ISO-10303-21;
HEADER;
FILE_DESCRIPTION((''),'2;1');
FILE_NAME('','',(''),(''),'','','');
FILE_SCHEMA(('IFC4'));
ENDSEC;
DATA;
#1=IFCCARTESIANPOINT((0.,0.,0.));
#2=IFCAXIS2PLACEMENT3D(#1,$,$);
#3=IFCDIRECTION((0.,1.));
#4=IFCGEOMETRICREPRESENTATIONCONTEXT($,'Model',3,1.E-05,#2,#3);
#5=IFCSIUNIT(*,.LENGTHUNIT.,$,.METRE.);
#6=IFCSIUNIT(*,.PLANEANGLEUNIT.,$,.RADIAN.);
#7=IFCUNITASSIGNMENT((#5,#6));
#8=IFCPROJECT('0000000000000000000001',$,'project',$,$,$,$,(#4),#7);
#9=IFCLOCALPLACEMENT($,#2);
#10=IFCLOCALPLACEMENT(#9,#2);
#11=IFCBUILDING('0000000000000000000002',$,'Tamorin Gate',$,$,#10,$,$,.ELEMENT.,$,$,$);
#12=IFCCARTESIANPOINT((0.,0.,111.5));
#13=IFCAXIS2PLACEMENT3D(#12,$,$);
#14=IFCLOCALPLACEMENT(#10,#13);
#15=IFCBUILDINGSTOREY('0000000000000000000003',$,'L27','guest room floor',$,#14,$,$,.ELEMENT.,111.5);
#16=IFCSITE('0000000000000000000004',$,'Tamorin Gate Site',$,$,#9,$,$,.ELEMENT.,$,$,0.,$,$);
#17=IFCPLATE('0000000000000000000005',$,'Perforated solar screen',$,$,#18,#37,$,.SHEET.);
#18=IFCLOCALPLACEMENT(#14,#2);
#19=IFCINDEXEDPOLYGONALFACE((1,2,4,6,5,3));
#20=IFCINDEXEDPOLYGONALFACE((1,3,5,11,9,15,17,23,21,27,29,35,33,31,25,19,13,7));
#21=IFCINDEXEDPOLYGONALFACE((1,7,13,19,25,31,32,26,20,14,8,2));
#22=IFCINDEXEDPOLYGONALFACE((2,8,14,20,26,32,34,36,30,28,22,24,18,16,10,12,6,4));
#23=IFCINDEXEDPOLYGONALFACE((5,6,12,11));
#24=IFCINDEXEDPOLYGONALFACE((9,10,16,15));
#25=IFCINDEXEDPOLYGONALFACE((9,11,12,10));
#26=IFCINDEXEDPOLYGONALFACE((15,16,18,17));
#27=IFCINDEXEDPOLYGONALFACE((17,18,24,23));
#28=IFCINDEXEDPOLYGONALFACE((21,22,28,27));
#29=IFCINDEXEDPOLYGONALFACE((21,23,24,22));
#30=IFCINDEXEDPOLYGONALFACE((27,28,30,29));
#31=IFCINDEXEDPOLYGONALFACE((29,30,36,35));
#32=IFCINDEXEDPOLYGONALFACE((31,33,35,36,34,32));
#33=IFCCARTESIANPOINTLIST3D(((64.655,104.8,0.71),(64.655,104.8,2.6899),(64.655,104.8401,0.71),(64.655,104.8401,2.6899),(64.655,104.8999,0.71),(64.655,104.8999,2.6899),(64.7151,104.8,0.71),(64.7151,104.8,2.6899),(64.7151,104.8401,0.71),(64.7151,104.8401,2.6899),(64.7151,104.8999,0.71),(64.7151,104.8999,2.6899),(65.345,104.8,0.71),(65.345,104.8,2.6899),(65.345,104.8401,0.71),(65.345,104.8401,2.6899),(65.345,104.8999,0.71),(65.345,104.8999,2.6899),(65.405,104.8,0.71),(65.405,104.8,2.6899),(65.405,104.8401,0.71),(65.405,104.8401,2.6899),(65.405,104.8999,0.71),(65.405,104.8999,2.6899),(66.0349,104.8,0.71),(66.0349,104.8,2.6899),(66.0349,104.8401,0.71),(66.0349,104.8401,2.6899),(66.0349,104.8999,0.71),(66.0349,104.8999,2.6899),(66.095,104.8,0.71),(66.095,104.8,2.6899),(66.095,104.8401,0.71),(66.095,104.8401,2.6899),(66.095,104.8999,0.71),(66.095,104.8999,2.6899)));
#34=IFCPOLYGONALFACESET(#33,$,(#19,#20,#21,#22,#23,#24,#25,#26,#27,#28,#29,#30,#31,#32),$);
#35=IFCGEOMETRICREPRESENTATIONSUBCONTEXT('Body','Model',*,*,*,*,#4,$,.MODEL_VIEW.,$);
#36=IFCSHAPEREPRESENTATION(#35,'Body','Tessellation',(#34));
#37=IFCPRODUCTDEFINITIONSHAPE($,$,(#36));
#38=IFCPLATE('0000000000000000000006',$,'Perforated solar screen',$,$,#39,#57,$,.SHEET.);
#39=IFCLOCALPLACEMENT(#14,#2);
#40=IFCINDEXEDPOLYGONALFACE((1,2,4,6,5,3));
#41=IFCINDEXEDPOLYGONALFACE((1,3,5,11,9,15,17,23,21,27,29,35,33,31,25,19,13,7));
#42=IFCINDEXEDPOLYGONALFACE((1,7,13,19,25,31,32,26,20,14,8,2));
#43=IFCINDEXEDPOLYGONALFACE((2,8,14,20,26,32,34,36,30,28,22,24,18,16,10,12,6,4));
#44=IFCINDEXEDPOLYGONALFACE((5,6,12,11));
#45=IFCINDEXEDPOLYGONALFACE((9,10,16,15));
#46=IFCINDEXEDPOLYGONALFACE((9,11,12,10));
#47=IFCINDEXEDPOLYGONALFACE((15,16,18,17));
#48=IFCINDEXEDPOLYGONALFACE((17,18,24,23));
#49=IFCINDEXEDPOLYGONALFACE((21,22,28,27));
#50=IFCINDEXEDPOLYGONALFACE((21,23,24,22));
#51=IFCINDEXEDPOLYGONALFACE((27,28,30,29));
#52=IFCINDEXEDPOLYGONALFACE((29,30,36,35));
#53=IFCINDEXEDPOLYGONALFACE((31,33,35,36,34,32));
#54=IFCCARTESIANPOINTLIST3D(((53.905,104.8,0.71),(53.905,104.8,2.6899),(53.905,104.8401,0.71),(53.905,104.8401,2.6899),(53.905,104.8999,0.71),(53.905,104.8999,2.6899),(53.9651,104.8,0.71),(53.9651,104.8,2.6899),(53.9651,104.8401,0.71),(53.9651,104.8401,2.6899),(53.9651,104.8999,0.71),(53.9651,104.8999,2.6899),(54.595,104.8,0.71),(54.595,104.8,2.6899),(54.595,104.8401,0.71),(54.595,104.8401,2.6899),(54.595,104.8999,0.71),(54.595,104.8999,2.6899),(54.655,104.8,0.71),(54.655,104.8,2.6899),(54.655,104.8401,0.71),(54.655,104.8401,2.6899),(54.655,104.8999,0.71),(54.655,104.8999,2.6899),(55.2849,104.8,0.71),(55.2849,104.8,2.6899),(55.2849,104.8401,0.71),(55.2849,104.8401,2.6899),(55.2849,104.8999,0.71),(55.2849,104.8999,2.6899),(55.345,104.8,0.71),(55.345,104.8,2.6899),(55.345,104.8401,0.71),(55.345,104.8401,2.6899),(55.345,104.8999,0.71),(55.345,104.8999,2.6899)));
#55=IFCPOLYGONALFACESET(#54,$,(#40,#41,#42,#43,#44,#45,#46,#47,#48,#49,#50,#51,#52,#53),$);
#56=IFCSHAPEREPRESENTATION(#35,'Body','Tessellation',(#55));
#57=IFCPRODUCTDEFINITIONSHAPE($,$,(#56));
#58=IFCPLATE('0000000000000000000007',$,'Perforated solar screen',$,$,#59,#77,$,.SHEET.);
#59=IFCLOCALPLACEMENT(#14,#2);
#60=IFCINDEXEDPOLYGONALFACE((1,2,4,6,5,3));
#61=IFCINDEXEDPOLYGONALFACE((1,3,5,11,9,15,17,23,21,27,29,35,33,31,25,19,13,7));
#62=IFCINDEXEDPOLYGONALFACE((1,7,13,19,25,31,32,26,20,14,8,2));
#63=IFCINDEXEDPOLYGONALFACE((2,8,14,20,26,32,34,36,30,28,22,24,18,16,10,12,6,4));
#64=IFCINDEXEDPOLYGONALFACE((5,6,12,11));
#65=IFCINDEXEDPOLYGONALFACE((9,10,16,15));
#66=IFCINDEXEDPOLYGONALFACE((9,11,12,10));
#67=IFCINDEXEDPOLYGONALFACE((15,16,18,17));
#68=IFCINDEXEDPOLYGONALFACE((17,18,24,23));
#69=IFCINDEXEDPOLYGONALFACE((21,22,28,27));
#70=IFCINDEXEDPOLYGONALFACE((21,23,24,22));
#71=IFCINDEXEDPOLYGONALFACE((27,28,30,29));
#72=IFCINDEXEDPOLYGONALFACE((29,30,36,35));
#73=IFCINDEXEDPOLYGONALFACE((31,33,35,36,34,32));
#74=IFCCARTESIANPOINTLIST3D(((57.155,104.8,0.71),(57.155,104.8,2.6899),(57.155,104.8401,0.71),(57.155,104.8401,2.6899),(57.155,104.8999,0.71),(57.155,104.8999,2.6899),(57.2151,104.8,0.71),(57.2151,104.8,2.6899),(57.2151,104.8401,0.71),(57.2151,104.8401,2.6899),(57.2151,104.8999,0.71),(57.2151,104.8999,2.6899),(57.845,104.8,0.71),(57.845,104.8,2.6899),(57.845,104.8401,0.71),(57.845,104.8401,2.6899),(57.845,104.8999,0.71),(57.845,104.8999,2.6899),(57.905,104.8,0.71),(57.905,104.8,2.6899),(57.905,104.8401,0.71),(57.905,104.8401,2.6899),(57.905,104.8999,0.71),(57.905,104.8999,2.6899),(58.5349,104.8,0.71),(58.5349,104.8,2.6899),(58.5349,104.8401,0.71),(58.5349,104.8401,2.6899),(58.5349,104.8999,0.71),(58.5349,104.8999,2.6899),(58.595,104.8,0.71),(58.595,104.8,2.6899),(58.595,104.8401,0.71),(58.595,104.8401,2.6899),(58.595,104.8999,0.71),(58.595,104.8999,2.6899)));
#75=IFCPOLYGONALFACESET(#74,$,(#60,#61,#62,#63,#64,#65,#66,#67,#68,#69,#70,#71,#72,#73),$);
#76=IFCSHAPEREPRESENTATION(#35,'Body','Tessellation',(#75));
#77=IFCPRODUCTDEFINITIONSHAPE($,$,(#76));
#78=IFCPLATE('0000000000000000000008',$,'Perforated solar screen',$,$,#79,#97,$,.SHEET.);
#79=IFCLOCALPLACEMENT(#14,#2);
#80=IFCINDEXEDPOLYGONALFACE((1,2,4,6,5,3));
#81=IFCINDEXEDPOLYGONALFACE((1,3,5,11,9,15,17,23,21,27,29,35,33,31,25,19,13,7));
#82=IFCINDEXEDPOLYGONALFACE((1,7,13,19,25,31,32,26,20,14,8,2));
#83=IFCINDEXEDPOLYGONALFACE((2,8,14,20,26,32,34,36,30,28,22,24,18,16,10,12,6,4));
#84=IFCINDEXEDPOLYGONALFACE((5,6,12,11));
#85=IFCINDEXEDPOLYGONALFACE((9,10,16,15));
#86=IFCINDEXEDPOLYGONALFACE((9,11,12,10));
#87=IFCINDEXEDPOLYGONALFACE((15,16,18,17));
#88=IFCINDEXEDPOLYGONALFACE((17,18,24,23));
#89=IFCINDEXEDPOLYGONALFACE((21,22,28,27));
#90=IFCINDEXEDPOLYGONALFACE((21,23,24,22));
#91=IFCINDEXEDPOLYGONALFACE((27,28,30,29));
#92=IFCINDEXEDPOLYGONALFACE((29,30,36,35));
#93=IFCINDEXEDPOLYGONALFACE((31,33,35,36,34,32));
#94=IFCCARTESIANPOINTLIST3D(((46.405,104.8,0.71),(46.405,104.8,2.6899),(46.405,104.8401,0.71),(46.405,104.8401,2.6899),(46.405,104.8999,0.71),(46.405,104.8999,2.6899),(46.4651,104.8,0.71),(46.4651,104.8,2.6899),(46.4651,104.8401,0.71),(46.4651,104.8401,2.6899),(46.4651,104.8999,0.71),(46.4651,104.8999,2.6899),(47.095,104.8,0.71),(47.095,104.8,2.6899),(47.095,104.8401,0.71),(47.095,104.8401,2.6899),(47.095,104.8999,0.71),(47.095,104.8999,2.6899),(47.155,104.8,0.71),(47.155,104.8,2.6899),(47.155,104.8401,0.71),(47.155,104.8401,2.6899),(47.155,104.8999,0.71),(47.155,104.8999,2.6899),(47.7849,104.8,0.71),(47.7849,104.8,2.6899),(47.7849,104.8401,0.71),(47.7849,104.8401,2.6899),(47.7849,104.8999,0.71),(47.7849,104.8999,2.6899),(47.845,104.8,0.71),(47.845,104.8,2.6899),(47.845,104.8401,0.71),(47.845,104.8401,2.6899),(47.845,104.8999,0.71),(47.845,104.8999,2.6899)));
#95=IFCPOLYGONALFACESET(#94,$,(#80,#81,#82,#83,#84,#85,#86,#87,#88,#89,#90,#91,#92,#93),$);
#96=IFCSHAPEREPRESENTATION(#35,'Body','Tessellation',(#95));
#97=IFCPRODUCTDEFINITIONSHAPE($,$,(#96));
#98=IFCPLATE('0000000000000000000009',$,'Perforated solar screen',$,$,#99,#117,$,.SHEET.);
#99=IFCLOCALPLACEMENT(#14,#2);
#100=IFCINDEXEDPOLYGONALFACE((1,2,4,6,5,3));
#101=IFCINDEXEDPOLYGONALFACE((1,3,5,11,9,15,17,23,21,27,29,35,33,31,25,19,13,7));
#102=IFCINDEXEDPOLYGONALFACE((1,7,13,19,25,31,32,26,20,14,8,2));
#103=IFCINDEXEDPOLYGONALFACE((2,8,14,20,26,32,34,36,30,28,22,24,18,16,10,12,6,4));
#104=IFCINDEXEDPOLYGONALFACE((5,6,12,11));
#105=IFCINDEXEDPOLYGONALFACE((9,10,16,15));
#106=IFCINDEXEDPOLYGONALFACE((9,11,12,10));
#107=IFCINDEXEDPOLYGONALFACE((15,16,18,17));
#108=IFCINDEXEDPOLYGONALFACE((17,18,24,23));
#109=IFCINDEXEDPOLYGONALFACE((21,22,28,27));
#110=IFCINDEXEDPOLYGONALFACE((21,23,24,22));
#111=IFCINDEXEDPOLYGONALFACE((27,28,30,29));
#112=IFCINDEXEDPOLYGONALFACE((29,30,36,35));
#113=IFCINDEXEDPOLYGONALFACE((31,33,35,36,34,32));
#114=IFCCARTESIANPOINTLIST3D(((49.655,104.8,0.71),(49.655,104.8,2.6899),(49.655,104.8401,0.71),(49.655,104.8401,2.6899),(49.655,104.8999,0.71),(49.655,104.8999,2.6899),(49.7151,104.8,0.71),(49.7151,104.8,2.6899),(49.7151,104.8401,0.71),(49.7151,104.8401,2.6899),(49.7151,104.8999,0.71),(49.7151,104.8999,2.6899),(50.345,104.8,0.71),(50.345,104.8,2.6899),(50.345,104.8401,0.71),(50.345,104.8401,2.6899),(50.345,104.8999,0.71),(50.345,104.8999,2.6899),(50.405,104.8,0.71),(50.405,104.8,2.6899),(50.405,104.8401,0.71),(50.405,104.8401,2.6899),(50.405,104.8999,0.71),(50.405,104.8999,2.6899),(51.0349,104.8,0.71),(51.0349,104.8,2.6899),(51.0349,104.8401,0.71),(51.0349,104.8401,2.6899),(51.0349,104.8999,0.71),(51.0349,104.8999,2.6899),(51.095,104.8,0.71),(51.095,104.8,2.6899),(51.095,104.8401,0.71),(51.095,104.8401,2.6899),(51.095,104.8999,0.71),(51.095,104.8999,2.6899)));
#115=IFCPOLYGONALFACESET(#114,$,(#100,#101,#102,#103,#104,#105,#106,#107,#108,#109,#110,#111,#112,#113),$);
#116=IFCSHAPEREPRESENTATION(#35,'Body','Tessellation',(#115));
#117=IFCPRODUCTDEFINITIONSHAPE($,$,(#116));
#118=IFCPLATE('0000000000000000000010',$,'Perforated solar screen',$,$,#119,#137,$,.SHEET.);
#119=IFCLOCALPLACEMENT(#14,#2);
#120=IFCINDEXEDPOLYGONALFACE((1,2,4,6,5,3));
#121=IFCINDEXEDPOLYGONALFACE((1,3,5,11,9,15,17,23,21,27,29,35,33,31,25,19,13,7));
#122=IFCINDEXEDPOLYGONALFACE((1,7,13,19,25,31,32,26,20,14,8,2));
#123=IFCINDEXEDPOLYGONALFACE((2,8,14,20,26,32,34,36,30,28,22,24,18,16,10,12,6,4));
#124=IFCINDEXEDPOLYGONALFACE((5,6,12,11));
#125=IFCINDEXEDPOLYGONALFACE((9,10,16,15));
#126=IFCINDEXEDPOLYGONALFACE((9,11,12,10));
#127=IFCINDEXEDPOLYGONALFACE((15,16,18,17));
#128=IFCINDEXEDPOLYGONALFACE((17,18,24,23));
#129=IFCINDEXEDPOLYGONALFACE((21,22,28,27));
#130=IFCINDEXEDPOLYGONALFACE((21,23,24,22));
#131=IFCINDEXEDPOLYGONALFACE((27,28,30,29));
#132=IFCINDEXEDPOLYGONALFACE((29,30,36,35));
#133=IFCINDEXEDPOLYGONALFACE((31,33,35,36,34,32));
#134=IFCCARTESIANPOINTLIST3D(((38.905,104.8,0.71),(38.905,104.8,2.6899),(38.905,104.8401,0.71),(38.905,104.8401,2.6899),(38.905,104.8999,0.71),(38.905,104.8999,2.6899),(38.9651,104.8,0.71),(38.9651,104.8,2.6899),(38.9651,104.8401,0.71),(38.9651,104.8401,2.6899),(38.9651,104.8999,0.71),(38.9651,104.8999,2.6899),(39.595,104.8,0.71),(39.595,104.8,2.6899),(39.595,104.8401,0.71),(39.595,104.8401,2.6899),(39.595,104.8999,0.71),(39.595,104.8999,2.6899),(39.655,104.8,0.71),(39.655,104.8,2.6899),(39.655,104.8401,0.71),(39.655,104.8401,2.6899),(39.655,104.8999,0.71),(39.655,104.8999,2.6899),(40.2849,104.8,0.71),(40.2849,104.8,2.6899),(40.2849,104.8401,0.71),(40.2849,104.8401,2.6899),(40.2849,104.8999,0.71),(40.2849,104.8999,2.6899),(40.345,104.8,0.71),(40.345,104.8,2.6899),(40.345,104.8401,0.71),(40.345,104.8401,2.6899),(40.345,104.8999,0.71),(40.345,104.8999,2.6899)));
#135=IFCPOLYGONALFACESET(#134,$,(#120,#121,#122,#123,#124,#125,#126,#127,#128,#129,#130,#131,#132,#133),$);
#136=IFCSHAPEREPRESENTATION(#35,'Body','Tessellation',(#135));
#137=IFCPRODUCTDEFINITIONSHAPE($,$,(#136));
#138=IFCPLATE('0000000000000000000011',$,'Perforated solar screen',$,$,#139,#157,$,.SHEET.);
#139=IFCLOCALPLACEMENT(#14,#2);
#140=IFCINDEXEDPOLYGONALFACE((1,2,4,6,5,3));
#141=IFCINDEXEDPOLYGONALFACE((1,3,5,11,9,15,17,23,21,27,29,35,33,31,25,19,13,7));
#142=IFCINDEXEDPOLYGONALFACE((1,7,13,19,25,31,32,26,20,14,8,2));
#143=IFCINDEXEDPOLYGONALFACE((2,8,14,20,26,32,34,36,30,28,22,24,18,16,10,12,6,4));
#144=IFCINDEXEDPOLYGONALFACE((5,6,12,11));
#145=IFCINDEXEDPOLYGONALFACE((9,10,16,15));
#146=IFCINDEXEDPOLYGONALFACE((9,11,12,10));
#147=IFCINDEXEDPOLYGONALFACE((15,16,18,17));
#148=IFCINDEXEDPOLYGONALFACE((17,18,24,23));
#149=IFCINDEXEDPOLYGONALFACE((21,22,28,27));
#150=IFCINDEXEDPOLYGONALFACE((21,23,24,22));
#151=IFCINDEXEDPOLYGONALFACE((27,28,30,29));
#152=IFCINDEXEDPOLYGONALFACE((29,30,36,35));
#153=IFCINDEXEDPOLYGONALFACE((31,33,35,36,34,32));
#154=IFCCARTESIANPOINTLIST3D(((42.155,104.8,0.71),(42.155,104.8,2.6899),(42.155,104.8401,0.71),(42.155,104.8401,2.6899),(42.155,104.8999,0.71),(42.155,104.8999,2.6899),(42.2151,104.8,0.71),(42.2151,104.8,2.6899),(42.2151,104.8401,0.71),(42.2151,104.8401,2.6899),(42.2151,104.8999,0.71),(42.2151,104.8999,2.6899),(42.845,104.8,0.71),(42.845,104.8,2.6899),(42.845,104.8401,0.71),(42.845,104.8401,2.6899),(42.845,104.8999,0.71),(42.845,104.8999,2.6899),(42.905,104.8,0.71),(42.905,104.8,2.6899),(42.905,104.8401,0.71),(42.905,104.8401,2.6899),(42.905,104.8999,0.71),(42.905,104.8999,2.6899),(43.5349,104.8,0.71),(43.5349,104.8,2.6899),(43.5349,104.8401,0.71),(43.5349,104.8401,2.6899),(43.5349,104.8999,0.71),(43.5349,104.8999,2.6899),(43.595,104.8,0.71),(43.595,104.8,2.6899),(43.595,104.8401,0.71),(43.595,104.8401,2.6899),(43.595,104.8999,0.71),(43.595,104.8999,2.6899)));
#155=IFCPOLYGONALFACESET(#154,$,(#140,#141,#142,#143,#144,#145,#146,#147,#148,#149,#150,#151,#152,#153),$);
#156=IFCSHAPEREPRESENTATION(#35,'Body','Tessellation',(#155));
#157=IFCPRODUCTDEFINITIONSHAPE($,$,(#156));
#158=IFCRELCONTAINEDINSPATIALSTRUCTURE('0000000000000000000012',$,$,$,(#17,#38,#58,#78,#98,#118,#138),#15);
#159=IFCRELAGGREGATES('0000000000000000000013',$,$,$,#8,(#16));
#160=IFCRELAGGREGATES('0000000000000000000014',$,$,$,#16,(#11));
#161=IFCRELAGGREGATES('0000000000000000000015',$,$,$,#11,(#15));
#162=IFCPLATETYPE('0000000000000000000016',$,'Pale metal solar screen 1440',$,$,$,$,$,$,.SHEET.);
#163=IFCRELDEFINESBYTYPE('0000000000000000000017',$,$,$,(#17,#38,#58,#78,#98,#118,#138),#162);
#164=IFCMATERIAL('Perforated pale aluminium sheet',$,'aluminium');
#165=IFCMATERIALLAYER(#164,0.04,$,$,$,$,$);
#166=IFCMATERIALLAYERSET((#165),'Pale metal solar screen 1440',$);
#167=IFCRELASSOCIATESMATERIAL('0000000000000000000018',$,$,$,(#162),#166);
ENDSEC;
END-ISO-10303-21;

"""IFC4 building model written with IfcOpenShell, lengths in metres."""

from ifc_helpers import new_model, si_unit, direction, frame, origin, place, context, subcontext, project, spatial, polyline, outline, extrude, material, layer, layer_set, type_object, element, save


model = new_model("IFC4")

# Units and contexts
model_context = context("Model", 3, precision=1e-05, world=origin(), true_north=direction((0.0, 1.0)))
body_context = subcontext(model_context, "Body", "Model", "MODEL_VIEW")
ifc_project = project(units=[si_unit("LENGTHUNIT", "METRE"), si_unit("PLANEANGLEUNIT", "RADIAN")], contexts=[model_context])

# Site, building, storey
site_placement = place(None, origin())
site = spatial("IfcSite", under=ifc_project, at=site_placement, Name="Tamorin Gate Site", CompositionType="ELEMENT", RefElevation=0.0)
building_placement = place(site_placement, origin())
building = spatial("IfcBuilding", under=site, at=building_placement, Name="Tamorin Gate", CompositionType="ELEMENT")
storey_placement = place(building_placement, frame((0.0, 0.0, 111.5)))
storey = spatial("IfcBuildingStorey", under=building, at=storey_placement, Name="L27", Description="guest room floor", CompositionType="ELEMENT", Elevation=111.5)

# Plates
ifc_material = material(Name="Perforated pale aluminium sheet", Category="aluminium")
ifc_layer = layer(ifc_material, 0.04)
ifc_layer_set = layer_set([ifc_layer], Name="Pale metal solar screen 1440")
plate_type = type_object("IfcPlateType", Name="Pale metal solar screen 1440", PredefinedType="SHEET", material=ifc_layer_set)
plate_1_placement = place(storey_placement, frame((0.0, 0.0, 0.71)))
element("IfcPlate", 1, at=plate_1_placement, inside=storey, type_object=plate_type, Name="Perforated solar screen", PredefinedType="SHEET", context=body_context, shape_type="SweptSolid", body=[
    extrude(outline(polyline([(66.095, 104.8401), (66.095, 104.8), (66.0349, 104.8), (65.405, 104.8), (65.345, 104.8), (64.7151, 104.8), (64.655, 104.8), (64.655, 104.8401), (64.655, 104.8999), (64.7151, 104.8999), (64.7151, 104.8401), (65.345, 104.8401), (65.345, 104.8999), (65.405, 104.8999), (65.405, 104.8401), (66.0349, 104.8401), (66.0349, 104.8999), (66.095, 104.8999), (66.095, 104.8401)])), origin(), (0.0, 0.0, 1.0), 1.98),
])
plate_2_placement = place(storey_placement, frame((0.0, 0.0, 0.71)))
element("IfcPlate", 2, at=plate_2_placement, inside=storey, type_object=plate_type, Name="Perforated solar screen", PredefinedType="SHEET", context=body_context, shape_type="SweptSolid", body=[
    extrude(outline(polyline([(55.345, 104.8401), (55.345, 104.8), (55.2849, 104.8), (54.655, 104.8), (54.595, 104.8), (53.9651, 104.8), (53.905, 104.8), (53.905, 104.8401), (53.905, 104.8999), (53.9651, 104.8999), (53.9651, 104.8401), (54.595, 104.8401), (54.595, 104.8999), (54.655, 104.8999), (54.655, 104.8401), (55.2849, 104.8401), (55.2849, 104.8999), (55.345, 104.8999), (55.345, 104.8401)])), origin(), (0.0, 0.0, 1.0), 1.98),
])
plate_3_placement = place(storey_placement, frame((0.0, 0.0, 0.71)))
element("IfcPlate", 3, at=plate_3_placement, inside=storey, type_object=plate_type, Name="Perforated solar screen", PredefinedType="SHEET", context=body_context, shape_type="SweptSolid", body=[
    extrude(outline(polyline([(58.595, 104.8401), (58.595, 104.8), (58.5349, 104.8), (57.905, 104.8), (57.845, 104.8), (57.2151, 104.8), (57.155, 104.8), (57.155, 104.8401), (57.155, 104.8999), (57.2151, 104.8999), (57.2151, 104.8401), (57.845, 104.8401), (57.845, 104.8999), (57.905, 104.8999), (57.905, 104.8401), (58.5349, 104.8401), (58.5349, 104.8999), (58.595, 104.8999), (58.595, 104.8401)])), origin(), (0.0, 0.0, 1.0), 1.98),
])
plate_4_placement = place(storey_placement, frame((0.0, 0.0, 0.71)))
element("IfcPlate", 4, at=plate_4_placement, inside=storey, type_object=plate_type, Name="Perforated solar screen", PredefinedType="SHEET", context=body_context, shape_type="SweptSolid", body=[
    extrude(outline(polyline([(47.845, 104.8401), (47.845, 104.8), (47.7849, 104.8), (47.155, 104.8), (47.095, 104.8), (46.4651, 104.8), (46.405, 104.8), (46.405, 104.8401), (46.405, 104.8999), (46.4651, 104.8999), (46.4651, 104.8401), (47.095, 104.8401), (47.095, 104.8999), (47.155, 104.8999), (47.155, 104.8401), (47.7849, 104.8401), (47.7849, 104.8999), (47.845, 104.8999), (47.845, 104.8401)])), origin(), (0.0, 0.0, 1.0), 1.98),
])
plate_5_placement = place(storey_placement, frame((0.0, 0.0, 0.71)))
element("IfcPlate", 5, at=plate_5_placement, inside=storey, type_object=plate_type, Name="Perforated solar screen", PredefinedType="SHEET", context=body_context, shape_type="SweptSolid", body=[
    extrude(outline(polyline([(51.095, 104.8401), (51.095, 104.8), (51.0349, 104.8), (50.405, 104.8), (50.345, 104.8), (49.7151, 104.8), (49.655, 104.8), (49.655, 104.8401), (49.655, 104.8999), (49.7151, 104.8999), (49.7151, 104.8401), (50.345, 104.8401), (50.345, 104.8999), (50.405, 104.8999), (50.405, 104.8401), (51.0349, 104.8401), (51.0349, 104.8999), (51.095, 104.8999), (51.095, 104.8401)])), origin(), (0.0, 0.0, 1.0), 1.98),
])
plate_6_placement = place(storey_placement, frame((0.0, 0.0, 0.71)))
element("IfcPlate", 6, at=plate_6_placement, inside=storey, type_object=plate_type, Name="Perforated solar screen", PredefinedType="SHEET", context=body_context, shape_type="SweptSolid", body=[
    extrude(outline(polyline([(40.345, 104.8401), (40.345, 104.8), (40.2849, 104.8), (39.655, 104.8), (39.595, 104.8), (38.9651, 104.8), (38.905, 104.8), (38.905, 104.8401), (38.905, 104.8999), (38.9651, 104.8999), (38.9651, 104.8401), (39.595, 104.8401), (39.595, 104.8999), (39.655, 104.8999), (39.655, 104.8401), (40.2849, 104.8401), (40.2849, 104.8999), (40.345, 104.8999), (40.345, 104.8401)])), origin(), (0.0, 0.0, 1.0), 1.98),
])
plate_7_placement = place(storey_placement, frame((0.0, 0.0, 0.71)))
element("IfcPlate", 7, at=plate_7_placement, inside=storey, type_object=plate_type, Name="Perforated solar screen", PredefinedType="SHEET", context=body_context, shape_type="SweptSolid", body=[
    extrude(outline(polyline([(43.595, 104.8401), (43.595, 104.8), (43.5349, 104.8), (42.905, 104.8), (42.845, 104.8), (42.2151, 104.8), (42.155, 104.8), (42.155, 104.8401), (42.155, 104.8999), (42.2151, 104.8999), (42.2151, 104.8401), (42.845, 104.8401), (42.845, 104.8999), (42.905, 104.8999), (42.905, 104.8401), (43.5349, 104.8401), (43.5349, 104.8999), (43.595, 104.8999), (43.595, 104.8401)])), origin(), (0.0, 0.0, 1.0), 1.98),
])

save(model, "model.ifc")
